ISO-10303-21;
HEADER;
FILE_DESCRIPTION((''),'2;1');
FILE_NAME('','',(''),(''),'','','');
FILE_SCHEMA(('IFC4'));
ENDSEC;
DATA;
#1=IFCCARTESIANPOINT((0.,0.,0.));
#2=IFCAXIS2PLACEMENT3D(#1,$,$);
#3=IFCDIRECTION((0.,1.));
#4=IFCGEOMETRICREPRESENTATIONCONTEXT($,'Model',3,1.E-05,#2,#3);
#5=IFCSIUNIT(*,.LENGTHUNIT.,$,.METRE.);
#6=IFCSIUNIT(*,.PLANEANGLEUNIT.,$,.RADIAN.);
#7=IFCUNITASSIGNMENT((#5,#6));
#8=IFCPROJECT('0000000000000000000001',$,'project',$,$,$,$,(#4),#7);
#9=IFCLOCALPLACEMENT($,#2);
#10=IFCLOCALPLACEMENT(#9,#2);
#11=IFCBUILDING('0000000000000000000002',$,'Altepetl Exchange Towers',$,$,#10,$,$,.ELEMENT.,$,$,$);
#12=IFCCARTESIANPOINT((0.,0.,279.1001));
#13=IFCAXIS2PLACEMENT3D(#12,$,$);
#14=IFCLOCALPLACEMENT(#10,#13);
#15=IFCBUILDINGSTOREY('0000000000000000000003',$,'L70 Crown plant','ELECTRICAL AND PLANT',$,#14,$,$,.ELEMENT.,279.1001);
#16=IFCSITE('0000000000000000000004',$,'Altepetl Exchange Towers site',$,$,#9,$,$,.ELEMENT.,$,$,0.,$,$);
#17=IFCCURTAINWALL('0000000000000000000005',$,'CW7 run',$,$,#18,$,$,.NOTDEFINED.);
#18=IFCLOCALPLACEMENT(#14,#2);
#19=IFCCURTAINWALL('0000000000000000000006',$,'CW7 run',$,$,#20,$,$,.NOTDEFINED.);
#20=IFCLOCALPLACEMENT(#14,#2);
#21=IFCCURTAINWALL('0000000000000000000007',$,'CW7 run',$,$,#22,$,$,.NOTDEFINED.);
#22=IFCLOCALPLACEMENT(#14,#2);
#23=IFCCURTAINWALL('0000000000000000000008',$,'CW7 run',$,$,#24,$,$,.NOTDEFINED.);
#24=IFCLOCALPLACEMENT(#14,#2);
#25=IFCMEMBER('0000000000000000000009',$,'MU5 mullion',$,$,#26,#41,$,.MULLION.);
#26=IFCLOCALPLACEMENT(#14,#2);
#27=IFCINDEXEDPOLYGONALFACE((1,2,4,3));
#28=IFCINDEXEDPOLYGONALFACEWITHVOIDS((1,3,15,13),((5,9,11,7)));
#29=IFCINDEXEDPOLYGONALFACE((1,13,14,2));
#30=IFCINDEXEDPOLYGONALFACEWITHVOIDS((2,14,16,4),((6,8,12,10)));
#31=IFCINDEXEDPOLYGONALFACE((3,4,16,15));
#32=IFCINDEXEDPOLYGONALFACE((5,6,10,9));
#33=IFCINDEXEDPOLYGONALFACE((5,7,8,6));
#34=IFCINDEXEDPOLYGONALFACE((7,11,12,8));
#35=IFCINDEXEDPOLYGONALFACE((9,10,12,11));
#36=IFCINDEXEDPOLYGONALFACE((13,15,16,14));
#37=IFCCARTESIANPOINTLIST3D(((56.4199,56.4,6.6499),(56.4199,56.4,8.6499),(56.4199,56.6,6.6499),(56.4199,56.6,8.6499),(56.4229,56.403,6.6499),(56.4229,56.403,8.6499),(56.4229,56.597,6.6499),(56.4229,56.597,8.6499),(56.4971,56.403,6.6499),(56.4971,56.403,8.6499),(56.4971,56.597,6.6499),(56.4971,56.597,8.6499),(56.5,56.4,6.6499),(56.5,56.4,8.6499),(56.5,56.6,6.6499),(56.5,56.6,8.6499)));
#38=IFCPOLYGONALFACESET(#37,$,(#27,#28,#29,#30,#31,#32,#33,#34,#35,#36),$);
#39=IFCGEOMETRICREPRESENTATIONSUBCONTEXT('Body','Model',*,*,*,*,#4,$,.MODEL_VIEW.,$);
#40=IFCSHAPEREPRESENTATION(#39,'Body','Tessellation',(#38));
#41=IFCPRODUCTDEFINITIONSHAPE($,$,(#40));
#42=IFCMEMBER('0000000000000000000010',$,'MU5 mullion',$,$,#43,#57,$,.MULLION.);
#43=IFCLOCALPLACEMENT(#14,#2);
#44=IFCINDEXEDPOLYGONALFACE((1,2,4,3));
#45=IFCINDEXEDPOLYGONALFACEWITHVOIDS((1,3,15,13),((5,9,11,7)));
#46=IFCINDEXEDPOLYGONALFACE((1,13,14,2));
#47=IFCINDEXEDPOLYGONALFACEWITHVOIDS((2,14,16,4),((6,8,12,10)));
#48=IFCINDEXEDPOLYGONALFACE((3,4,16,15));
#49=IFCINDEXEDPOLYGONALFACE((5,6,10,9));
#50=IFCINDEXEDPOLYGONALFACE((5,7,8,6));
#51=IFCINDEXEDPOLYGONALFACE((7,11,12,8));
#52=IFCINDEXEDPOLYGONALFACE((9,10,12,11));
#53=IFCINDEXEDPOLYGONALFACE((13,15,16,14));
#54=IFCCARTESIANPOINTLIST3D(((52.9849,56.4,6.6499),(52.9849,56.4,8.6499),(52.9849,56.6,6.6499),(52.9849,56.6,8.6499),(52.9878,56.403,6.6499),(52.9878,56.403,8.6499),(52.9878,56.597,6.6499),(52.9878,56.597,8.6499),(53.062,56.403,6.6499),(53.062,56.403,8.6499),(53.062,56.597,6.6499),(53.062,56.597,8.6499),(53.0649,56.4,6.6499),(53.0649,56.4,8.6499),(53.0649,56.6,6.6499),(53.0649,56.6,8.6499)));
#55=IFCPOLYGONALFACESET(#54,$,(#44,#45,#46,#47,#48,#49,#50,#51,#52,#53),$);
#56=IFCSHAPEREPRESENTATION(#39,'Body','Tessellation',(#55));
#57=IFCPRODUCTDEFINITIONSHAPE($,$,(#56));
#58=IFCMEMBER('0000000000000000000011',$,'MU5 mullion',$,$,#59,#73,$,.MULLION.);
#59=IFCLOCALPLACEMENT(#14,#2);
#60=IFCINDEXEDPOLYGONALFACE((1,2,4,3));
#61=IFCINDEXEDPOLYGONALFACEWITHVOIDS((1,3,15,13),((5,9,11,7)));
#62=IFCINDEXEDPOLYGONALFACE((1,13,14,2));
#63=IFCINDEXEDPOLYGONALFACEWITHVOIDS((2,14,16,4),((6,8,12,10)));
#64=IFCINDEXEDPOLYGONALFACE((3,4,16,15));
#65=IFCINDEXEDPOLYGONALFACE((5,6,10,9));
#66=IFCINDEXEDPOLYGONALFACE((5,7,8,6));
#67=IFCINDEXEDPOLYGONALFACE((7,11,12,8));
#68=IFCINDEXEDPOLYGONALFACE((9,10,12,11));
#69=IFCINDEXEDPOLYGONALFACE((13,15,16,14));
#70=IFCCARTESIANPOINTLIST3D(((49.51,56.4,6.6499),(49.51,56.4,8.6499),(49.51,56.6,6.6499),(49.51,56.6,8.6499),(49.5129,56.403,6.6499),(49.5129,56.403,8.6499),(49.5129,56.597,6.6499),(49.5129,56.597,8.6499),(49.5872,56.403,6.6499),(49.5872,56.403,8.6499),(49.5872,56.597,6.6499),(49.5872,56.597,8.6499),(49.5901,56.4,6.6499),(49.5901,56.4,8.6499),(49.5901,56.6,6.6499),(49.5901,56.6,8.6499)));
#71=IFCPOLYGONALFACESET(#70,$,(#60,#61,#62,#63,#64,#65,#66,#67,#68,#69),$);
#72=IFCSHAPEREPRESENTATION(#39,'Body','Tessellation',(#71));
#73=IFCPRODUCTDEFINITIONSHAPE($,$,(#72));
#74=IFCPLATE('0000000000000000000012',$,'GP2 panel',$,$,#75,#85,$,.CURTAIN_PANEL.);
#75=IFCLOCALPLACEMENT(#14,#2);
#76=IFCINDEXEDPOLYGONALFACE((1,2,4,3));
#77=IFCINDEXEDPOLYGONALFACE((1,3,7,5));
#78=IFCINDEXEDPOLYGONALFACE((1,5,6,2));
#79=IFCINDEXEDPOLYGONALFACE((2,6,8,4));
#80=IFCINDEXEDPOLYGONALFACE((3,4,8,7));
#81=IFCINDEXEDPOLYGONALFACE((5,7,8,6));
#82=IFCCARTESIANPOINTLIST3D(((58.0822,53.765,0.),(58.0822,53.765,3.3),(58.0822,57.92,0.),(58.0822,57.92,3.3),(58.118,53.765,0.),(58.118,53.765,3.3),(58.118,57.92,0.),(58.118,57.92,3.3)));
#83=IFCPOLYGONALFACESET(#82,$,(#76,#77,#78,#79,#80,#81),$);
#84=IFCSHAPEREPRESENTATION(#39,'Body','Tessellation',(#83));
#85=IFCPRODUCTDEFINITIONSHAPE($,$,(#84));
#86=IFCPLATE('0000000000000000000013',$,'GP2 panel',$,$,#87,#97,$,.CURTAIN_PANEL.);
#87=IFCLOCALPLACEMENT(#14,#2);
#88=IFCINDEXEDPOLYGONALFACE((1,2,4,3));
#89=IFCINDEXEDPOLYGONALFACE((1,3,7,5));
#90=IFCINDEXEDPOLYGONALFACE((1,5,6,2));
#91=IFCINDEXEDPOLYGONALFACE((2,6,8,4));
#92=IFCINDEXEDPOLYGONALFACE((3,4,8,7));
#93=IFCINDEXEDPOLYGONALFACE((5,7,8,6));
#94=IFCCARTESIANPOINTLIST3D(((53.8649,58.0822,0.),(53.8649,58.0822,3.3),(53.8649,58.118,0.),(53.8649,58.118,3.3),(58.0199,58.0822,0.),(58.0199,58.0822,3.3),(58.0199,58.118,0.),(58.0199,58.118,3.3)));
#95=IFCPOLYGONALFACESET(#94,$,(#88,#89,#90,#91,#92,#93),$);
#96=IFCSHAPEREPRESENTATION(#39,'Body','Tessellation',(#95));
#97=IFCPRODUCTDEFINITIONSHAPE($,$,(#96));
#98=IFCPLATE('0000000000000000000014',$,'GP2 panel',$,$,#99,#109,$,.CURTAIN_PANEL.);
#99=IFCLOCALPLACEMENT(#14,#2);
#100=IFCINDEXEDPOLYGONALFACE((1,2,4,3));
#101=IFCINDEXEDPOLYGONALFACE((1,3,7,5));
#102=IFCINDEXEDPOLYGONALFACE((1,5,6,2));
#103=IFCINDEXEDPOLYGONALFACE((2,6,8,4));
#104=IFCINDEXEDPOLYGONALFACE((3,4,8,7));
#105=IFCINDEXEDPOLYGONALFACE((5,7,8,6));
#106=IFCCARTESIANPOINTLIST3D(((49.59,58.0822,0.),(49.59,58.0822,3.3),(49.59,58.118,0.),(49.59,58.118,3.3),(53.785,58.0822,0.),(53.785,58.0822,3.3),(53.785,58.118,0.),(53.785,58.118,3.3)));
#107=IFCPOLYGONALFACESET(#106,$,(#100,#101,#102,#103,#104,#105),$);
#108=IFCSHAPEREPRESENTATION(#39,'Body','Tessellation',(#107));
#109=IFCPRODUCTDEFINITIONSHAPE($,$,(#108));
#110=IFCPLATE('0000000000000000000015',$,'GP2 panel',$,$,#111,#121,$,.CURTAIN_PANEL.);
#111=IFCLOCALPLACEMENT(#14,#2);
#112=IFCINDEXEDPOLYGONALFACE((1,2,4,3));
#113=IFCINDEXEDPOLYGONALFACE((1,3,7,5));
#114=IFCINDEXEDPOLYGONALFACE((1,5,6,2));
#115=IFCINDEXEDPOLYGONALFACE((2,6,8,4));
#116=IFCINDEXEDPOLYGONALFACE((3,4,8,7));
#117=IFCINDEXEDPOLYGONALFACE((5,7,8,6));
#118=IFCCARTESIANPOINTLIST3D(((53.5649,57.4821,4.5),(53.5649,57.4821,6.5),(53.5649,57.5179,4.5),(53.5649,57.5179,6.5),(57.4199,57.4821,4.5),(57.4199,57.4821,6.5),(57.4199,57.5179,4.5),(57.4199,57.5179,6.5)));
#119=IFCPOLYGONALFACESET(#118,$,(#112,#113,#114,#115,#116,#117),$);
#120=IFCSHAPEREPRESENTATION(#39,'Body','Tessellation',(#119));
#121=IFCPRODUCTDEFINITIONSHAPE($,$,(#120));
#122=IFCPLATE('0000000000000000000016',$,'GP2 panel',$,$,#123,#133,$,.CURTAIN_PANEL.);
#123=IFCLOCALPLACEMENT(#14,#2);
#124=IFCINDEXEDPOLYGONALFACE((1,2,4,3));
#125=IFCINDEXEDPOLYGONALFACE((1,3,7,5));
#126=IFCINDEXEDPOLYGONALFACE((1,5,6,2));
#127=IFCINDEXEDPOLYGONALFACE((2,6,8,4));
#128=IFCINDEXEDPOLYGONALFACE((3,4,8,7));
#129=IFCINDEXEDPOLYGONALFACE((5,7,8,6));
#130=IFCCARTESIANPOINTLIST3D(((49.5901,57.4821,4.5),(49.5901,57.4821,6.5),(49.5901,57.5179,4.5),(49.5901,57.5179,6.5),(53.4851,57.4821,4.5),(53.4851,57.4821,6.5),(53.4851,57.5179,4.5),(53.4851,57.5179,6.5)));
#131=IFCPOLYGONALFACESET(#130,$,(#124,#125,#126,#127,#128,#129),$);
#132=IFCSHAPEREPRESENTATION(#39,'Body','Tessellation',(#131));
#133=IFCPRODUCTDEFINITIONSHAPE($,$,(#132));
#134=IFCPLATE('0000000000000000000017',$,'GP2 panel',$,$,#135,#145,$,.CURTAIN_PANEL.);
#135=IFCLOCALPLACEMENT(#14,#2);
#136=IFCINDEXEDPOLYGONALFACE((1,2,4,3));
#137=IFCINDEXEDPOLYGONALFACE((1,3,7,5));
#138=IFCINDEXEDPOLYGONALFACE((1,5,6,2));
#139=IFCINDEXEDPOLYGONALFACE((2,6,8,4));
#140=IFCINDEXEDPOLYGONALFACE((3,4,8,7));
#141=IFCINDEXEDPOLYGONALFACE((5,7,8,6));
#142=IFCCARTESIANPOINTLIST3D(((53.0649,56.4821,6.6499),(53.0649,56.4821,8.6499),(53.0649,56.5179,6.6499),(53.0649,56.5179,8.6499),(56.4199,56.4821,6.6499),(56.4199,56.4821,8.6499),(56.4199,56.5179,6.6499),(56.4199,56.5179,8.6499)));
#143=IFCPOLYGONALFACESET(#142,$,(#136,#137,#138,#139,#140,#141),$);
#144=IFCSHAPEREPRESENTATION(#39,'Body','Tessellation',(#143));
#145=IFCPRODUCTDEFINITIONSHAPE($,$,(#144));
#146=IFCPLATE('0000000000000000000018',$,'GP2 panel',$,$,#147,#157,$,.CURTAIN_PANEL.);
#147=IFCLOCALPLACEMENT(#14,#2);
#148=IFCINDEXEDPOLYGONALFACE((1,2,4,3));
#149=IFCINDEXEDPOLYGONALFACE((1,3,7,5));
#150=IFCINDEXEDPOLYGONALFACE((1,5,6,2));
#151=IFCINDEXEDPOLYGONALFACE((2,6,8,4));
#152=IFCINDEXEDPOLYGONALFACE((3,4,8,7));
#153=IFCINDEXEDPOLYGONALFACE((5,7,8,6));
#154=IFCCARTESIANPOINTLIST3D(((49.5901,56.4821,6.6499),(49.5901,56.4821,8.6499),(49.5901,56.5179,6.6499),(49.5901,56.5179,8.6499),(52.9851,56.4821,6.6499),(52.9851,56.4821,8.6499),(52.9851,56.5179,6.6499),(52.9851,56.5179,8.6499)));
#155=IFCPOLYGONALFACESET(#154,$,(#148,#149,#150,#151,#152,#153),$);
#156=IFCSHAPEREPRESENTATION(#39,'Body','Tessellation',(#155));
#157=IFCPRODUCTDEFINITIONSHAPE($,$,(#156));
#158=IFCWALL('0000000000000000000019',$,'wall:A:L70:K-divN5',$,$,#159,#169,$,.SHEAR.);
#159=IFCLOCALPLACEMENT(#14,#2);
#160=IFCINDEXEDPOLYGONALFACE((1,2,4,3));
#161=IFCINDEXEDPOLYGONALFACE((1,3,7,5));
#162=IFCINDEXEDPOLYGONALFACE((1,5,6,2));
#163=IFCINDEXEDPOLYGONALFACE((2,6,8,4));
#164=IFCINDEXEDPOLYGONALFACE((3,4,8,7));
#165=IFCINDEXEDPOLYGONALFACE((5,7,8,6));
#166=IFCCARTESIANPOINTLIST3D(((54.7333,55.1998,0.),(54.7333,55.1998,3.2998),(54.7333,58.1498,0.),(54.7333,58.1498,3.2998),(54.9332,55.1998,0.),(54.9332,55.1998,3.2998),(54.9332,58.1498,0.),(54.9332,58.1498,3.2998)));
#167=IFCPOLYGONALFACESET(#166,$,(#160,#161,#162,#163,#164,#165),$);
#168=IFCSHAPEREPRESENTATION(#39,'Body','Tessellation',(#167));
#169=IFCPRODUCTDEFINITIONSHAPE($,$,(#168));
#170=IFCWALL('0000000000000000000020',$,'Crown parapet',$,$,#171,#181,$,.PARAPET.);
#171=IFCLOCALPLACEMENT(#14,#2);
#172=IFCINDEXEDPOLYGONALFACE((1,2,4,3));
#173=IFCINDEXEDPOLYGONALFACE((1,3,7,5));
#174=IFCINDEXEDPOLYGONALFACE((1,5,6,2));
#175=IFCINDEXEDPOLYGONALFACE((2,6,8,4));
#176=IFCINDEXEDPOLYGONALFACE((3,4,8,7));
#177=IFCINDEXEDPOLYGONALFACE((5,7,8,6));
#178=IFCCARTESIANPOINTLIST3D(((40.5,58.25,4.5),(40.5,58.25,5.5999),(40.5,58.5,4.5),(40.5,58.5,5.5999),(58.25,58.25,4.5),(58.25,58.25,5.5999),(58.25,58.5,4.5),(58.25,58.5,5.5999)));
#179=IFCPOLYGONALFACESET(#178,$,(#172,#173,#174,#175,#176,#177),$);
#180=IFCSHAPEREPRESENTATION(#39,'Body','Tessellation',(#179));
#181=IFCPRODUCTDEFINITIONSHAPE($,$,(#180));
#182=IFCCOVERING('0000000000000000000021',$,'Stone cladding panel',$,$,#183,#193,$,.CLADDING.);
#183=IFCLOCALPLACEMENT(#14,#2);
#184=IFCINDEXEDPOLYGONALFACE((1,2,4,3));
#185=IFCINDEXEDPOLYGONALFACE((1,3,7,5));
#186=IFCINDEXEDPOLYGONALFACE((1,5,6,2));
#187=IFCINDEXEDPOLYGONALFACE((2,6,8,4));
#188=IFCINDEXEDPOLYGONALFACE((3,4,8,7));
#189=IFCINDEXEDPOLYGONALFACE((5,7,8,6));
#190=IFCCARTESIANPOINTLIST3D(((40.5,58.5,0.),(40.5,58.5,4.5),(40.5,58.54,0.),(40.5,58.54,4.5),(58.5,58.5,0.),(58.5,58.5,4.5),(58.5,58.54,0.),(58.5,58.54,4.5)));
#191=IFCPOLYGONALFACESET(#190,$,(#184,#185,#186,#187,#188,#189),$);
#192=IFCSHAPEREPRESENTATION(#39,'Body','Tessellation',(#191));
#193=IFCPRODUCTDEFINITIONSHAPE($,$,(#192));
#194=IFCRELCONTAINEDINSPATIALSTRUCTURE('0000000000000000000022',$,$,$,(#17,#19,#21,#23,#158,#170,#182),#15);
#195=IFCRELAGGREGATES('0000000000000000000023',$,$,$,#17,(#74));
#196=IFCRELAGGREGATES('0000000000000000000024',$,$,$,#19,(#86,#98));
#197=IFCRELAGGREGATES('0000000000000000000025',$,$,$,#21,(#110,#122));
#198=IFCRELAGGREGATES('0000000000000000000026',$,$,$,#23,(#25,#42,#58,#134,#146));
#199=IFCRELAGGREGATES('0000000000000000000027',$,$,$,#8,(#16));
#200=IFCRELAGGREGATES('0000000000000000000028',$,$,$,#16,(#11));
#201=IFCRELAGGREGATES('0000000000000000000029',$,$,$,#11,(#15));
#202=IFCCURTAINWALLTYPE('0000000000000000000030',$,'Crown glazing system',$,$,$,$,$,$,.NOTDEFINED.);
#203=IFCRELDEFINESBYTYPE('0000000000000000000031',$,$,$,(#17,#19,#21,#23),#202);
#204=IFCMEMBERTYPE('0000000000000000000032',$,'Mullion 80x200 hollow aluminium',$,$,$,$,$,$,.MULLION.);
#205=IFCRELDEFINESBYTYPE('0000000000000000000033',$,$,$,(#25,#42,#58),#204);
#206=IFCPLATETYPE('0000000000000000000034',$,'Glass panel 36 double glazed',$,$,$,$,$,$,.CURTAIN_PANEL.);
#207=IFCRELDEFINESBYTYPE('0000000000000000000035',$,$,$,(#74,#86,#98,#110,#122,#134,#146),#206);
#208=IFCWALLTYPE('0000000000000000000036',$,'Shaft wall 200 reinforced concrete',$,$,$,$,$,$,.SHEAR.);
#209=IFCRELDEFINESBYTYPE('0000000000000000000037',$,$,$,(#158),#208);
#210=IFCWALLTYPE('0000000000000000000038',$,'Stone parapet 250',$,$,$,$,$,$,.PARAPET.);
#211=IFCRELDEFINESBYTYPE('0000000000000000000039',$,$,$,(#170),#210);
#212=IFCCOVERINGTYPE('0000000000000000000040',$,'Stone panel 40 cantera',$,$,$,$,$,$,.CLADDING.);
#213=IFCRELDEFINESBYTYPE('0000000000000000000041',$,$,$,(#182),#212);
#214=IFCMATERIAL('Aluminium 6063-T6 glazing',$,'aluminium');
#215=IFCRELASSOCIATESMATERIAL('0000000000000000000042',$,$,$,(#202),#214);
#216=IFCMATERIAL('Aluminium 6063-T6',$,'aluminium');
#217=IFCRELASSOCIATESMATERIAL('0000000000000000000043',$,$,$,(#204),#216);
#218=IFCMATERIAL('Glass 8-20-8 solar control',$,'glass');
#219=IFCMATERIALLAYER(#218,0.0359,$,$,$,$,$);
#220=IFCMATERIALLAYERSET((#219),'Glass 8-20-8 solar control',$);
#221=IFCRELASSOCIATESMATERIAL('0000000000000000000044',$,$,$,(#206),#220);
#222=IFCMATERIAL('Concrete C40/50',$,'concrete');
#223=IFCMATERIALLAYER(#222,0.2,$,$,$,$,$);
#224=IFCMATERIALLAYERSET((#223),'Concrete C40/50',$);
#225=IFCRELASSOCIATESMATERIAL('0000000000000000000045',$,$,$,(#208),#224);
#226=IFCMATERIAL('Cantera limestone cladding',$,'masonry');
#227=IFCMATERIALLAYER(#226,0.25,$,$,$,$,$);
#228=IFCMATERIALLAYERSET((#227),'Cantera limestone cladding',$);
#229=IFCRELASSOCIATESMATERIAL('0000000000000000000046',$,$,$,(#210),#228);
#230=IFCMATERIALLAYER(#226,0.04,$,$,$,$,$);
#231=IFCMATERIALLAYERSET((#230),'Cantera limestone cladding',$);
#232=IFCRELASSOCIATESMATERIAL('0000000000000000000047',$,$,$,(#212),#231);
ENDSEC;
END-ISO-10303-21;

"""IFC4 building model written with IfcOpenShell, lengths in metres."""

from ifc_helpers import new_model, si_unit, direction, frame, frame_2d, origin, origin_2d, place, context, subcontext, project, spatial, rectangle, hollow_rectangle, extrude, material, layer, layer_set, material_profile, profile_set, type_object, element, aggregate, save


model = new_model("IFC4")

# Units and contexts
model_context = context("Model", 3, precision=1e-05, world=origin(), true_north=direction((0.0, 1.0)))
body_context = subcontext(model_context, "Body", "Model", "MODEL_VIEW")
ifc_project = project(units=[si_unit("LENGTHUNIT", "METRE"), si_unit("PLANEANGLEUNIT", "RADIAN")], contexts=[model_context])

# Site, building, storey
site_placement = place(None, origin())
site = spatial("IfcSite", under=ifc_project, at=site_placement, Name="Altepetl Exchange Towers site", CompositionType="ELEMENT", RefElevation=0.0)
building_placement = place(site_placement, origin())
building = spatial("IfcBuilding", under=site, at=building_placement, Name="Altepetl Exchange Towers", CompositionType="ELEMENT")
storey_placement = place(building_placement, frame((0.0, 0.0, 279.1001)))
storey = spatial("IfcBuildingStorey", under=building, at=storey_placement, Name="L70 Crown plant", Description="ELECTRICAL AND PLANT", CompositionType="ELEMENT", Elevation=279.1001)

# Curtain wall
ifc_material_1 = material(Name="Aluminium 6063-T6 glazing", Category="aluminium")
curtain_wall_type = type_object("IfcCurtainWallType", Name="Crown glazing system", PredefinedType="NOTDEFINED", material=ifc_material_1)
curtain_wall_1_placement = place(storey_placement, origin())
curtain_wall_1 = element("IfcCurtainWall", 1, at=curtain_wall_1_placement, inside=storey, type_object=curtain_wall_type, Name="CW7 run", PredefinedType="NOTDEFINED")
ifc_material_2 = material(Name="Aluminium 6063-T6", Category="aluminium")
ifc_material_profile_1 = material_profile(ifc_material_2, hollow_rectangle(XDim=0.0801, YDim=0.2, WallThickness=0.0029, at=origin_2d()), Name="Mullion 80x200 hollow aluminium")
ifc_profile_set_1 = profile_set([ifc_material_profile_1], Name="Aluminium 6063-T6")
member_type = type_object("IfcMemberType", Name="Mullion 80x200 hollow aluminium", PredefinedType="MULLION", material=ifc_profile_set_1)

# Curtain wall
curtain_wall_2_placement = place(storey_placement, origin())
curtain_wall_2 = element("IfcCurtainWall", 2, at=curtain_wall_2_placement, inside=storey, type_object=curtain_wall_type, Name="CW7 run", PredefinedType="NOTDEFINED")

# Curtain walls, members
curtain_wall_3_placement = place(storey_placement, origin())
curtain_wall_3 = element("IfcCurtainWall", 3, at=curtain_wall_3_placement, inside=storey, type_object=curtain_wall_type, Name="CW7 run", PredefinedType="NOTDEFINED")
curtain_wall_4_placement = place(storey_placement, origin())
curtain_wall_4 = element("IfcCurtainWall", 4, at=curtain_wall_4_placement, inside=storey, type_object=curtain_wall_type, Name="CW7 run", PredefinedType="NOTDEFINED")
member_1_placement = place(storey_placement, frame((56.46, 56.5, 6.6499), z_axis=(0.0, 0.0, 1.0), x_axis=(-1.0, 0.0, 0.0)))
member_1 = element("IfcMember", 5, at=member_1_placement, type_object=member_type, Name="MU5 mullion", PredefinedType="MULLION", context=body_context, shape_type="SweptSolid", body=[
    extrude(hollow_rectangle(XDim=0.0801, YDim=0.2, WallThickness=0.0029, at=origin_2d()), origin(), (0.0, 0.0, 1.0), 2.0),
])
member_2_placement = place(storey_placement, frame((53.0249, 56.5, 6.6499), z_axis=(0.0, 0.0, 1.0), x_axis=(-1.0, 0.0, 0.0)))
member_2 = element("IfcMember", 6, at=member_2_placement, type_object=member_type, Name="MU5 mullion", PredefinedType="MULLION", context=body_context, shape_type="SweptSolid", body=[
    extrude(hollow_rectangle(XDim=0.0801, YDim=0.2, WallThickness=0.0029, at=origin_2d()), origin(), (0.0, 0.0, 1.0), 2.0),
])
member_3_placement = place(storey_placement, frame((49.55, 56.5, 6.6499), z_axis=(0.0, 0.0, 1.0), x_axis=(-1.0, 0.0, 0.0)))
member_3 = element("IfcMember", 7, at=member_3_placement, type_object=member_type, Name="MU5 mullion", PredefinedType="MULLION", context=body_context, shape_type="SweptSolid", body=[
    extrude(hollow_rectangle(XDim=0.0801, YDim=0.2, WallThickness=0.0029, at=origin_2d()), origin(), (0.0, 0.0, 1.0), 2.0),
])

# Plates
ifc_material_3 = material(Name="Glass 8-20-8 solar control", Category="glass")
ifc_layer_1 = layer(ifc_material_3, 0.0359)
ifc_layer_set_1 = layer_set([ifc_layer_1], Name="Glass 8-20-8 solar control")
plate_type = type_object("IfcPlateType", Name="Glass panel 36 double glazed", PredefinedType="CURTAIN_PANEL", material=ifc_layer_set_1)
plate_1_placement = place(storey_placement, frame((58.1001, 55.8425, 0.0), z_axis=(0.0, 0.0, 1.0), x_axis=(0.0, 1.0, 0.0)))
plate_1 = element("IfcPlate", 8, at=plate_1_placement, type_object=plate_type, Name="GP2 panel", PredefinedType="CURTAIN_PANEL", context=body_context, shape_type="SweptSolid", body=[
    extrude(rectangle(XDim=4.155, YDim=0.0359, at=origin_2d()), origin(), (0.0, 0.0, 1.0), 3.3),
])
aggregate(curtain_wall_1, [plate_1])
plate_2_placement = place(storey_placement, frame((55.9424, 58.1001, 0.0), z_axis=(0.0, 0.0, 1.0), x_axis=(-1.0, 0.0, 0.0)))
plate_2 = element("IfcPlate", 9, at=plate_2_placement, type_object=plate_type, Name="GP2 panel", PredefinedType="CURTAIN_PANEL", context=body_context, shape_type="SweptSolid", body=[
    extrude(rectangle(XDim=4.155, YDim=0.0359, at=origin_2d()), origin(), (0.0, 0.0, 1.0), 3.3),
])
plate_3_placement = place(storey_placement, frame((51.6875, 58.1001, 0.0), z_axis=(0.0, 0.0, 1.0), x_axis=(-1.0, 0.0, 0.0)))
plate_3 = element("IfcPlate", 10, at=plate_3_placement, type_object=plate_type, Name="GP2 panel", PredefinedType="CURTAIN_PANEL", context=body_context, shape_type="SweptSolid", body=[
    extrude(rectangle(XDim=4.1951, YDim=0.0359, at=origin_2d()), origin(), (0.0, 0.0, 1.0), 3.3),
])
aggregate(curtain_wall_2, [plate_2, plate_3])
plate_4_placement = place(storey_placement, frame((55.4924, 57.5, 4.5), z_axis=(0.0, 0.0, 1.0), x_axis=(-1.0, 0.0, 0.0)))
plate_4 = element("IfcPlate", 11, at=plate_4_placement, type_object=plate_type, Name="GP2 panel", PredefinedType="CURTAIN_PANEL", context=body_context, shape_type="SweptSolid", body=[
    extrude(rectangle(XDim=3.855, YDim=0.0359, at=origin_2d()), origin(), (0.0, 0.0, 1.0), 2.0),
])
plate_5_placement = place(storey_placement, frame((51.5376, 57.5, 4.5), z_axis=(0.0, 0.0, 1.0), x_axis=(-1.0, 0.0, 0.0)))
plate_5 = element("IfcPlate", 12, at=plate_5_placement, type_object=plate_type, Name="GP2 panel", PredefinedType="CURTAIN_PANEL", context=body_context, shape_type="SweptSolid", body=[
    extrude(rectangle(XDim=3.895, YDim=0.0359, at=origin_2d()), origin(), (0.0, 0.0, 1.0), 2.0),
])
aggregate(curtain_wall_3, [plate_4, plate_5])
plate_6_placement = place(storey_placement, frame((54.7424, 56.5, 6.6499), z_axis=(0.0, 0.0, 1.0), x_axis=(-1.0, 0.0, 0.0)))
plate_6 = element("IfcPlate", 13, at=plate_6_placement, type_object=plate_type, Name="GP2 panel", PredefinedType="CURTAIN_PANEL", context=body_context, shape_type="SweptSolid", body=[
    extrude(rectangle(XDim=3.355, YDim=0.0359, at=origin_2d()), origin(), (0.0, 0.0, 1.0), 2.0),
])
plate_7_placement = place(storey_placement, frame((51.2876, 56.5, 6.6499), z_axis=(0.0, 0.0, 1.0), x_axis=(-1.0, 0.0, 0.0)))
plate_7 = element("IfcPlate", 14, at=plate_7_placement, type_object=plate_type, Name="GP2 panel", PredefinedType="CURTAIN_PANEL", context=body_context, shape_type="SweptSolid", body=[
    extrude(rectangle(XDim=3.395, YDim=0.0359, at=origin_2d()), origin(), (0.0, 0.0, 1.0), 2.0),
])
aggregate(curtain_wall_4, [member_1, member_2, member_3, plate_6, plate_7])

# Walls
ifc_material_4 = material(Name="Concrete C40/50", Category="concrete")
ifc_layer_2 = layer(ifc_material_4, 0.2)
ifc_layer_set_2 = layer_set([ifc_layer_2], Name="Concrete C40/50")
wall_type_1 = type_object("IfcWallType", Name="Shaft wall 200 reinforced concrete", PredefinedType="SHEAR", material=ifc_layer_set_2)
wall_1_placement = place(storey_placement, frame((54.8333, 58.1499, 0.0), z_axis=(0.0, 0.0, 1.0), x_axis=(0.0, -1.0, 0.0)))
element("IfcWall", 15, at=wall_1_placement, inside=storey, type_object=wall_type_1, Name="wall:A:L70:K-divN5", PredefinedType="SHEAR", context=body_context, shape_type="SweptSolid", body=[
    extrude(rectangle(XDim=2.95, YDim=0.2, at=frame_2d((1.4751, 0.0))), origin(), (0.0, 0.0, 1.0), 3.2998),
])
ifc_material_5 = material(Name="Cantera limestone cladding", Category="masonry")
ifc_layer_3 = layer(ifc_material_5, 0.25)
ifc_layer_set_3 = layer_set([ifc_layer_3], Name="Cantera limestone cladding")
wall_type_2 = type_object("IfcWallType", Name="Stone parapet 250", PredefinedType="PARAPET", material=ifc_layer_set_3)
wall_2_placement = place(storey_placement, frame((58.25, 58.375, 4.5), z_axis=(0.0, 0.0, 1.0), x_axis=(-1.0, 0.0, 0.0)))
element("IfcWall", 16, at=wall_2_placement, inside=storey, type_object=wall_type_2, Name="Crown parapet", PredefinedType="PARAPET", context=body_context, shape_type="SweptSolid", body=[
    extrude(rectangle(XDim=17.75, YDim=0.25, at=frame_2d((8.875, 0.0))), origin(), (0.0, 0.0, 1.0), 1.0999),
])

# Covering
ifc_layer_4 = layer(ifc_material_5, 0.04)
ifc_layer_set_4 = layer_set([ifc_layer_4], Name="Cantera limestone cladding")
covering_type = type_object("IfcCoveringType", Name="Stone panel 40 cantera", PredefinedType="CLADDING", material=ifc_layer_set_4)
covering_placement = place(storey_placement, frame((49.5, 58.52, 0.0), z_axis=(0.0, 0.0, 1.0), x_axis=(-1.0, 0.0, 0.0)))
element("IfcCovering", 17, at=covering_placement, inside=storey, type_object=covering_type, Name="Stone cladding panel", PredefinedType="CLADDING", context=body_context, shape_type="SweptSolid", body=[
    extrude(rectangle(XDim=18.0, YDim=0.04, at=origin_2d()), origin(), (0.0, 0.0, 1.0), 4.5),
])

save(model, "model.ifc")
